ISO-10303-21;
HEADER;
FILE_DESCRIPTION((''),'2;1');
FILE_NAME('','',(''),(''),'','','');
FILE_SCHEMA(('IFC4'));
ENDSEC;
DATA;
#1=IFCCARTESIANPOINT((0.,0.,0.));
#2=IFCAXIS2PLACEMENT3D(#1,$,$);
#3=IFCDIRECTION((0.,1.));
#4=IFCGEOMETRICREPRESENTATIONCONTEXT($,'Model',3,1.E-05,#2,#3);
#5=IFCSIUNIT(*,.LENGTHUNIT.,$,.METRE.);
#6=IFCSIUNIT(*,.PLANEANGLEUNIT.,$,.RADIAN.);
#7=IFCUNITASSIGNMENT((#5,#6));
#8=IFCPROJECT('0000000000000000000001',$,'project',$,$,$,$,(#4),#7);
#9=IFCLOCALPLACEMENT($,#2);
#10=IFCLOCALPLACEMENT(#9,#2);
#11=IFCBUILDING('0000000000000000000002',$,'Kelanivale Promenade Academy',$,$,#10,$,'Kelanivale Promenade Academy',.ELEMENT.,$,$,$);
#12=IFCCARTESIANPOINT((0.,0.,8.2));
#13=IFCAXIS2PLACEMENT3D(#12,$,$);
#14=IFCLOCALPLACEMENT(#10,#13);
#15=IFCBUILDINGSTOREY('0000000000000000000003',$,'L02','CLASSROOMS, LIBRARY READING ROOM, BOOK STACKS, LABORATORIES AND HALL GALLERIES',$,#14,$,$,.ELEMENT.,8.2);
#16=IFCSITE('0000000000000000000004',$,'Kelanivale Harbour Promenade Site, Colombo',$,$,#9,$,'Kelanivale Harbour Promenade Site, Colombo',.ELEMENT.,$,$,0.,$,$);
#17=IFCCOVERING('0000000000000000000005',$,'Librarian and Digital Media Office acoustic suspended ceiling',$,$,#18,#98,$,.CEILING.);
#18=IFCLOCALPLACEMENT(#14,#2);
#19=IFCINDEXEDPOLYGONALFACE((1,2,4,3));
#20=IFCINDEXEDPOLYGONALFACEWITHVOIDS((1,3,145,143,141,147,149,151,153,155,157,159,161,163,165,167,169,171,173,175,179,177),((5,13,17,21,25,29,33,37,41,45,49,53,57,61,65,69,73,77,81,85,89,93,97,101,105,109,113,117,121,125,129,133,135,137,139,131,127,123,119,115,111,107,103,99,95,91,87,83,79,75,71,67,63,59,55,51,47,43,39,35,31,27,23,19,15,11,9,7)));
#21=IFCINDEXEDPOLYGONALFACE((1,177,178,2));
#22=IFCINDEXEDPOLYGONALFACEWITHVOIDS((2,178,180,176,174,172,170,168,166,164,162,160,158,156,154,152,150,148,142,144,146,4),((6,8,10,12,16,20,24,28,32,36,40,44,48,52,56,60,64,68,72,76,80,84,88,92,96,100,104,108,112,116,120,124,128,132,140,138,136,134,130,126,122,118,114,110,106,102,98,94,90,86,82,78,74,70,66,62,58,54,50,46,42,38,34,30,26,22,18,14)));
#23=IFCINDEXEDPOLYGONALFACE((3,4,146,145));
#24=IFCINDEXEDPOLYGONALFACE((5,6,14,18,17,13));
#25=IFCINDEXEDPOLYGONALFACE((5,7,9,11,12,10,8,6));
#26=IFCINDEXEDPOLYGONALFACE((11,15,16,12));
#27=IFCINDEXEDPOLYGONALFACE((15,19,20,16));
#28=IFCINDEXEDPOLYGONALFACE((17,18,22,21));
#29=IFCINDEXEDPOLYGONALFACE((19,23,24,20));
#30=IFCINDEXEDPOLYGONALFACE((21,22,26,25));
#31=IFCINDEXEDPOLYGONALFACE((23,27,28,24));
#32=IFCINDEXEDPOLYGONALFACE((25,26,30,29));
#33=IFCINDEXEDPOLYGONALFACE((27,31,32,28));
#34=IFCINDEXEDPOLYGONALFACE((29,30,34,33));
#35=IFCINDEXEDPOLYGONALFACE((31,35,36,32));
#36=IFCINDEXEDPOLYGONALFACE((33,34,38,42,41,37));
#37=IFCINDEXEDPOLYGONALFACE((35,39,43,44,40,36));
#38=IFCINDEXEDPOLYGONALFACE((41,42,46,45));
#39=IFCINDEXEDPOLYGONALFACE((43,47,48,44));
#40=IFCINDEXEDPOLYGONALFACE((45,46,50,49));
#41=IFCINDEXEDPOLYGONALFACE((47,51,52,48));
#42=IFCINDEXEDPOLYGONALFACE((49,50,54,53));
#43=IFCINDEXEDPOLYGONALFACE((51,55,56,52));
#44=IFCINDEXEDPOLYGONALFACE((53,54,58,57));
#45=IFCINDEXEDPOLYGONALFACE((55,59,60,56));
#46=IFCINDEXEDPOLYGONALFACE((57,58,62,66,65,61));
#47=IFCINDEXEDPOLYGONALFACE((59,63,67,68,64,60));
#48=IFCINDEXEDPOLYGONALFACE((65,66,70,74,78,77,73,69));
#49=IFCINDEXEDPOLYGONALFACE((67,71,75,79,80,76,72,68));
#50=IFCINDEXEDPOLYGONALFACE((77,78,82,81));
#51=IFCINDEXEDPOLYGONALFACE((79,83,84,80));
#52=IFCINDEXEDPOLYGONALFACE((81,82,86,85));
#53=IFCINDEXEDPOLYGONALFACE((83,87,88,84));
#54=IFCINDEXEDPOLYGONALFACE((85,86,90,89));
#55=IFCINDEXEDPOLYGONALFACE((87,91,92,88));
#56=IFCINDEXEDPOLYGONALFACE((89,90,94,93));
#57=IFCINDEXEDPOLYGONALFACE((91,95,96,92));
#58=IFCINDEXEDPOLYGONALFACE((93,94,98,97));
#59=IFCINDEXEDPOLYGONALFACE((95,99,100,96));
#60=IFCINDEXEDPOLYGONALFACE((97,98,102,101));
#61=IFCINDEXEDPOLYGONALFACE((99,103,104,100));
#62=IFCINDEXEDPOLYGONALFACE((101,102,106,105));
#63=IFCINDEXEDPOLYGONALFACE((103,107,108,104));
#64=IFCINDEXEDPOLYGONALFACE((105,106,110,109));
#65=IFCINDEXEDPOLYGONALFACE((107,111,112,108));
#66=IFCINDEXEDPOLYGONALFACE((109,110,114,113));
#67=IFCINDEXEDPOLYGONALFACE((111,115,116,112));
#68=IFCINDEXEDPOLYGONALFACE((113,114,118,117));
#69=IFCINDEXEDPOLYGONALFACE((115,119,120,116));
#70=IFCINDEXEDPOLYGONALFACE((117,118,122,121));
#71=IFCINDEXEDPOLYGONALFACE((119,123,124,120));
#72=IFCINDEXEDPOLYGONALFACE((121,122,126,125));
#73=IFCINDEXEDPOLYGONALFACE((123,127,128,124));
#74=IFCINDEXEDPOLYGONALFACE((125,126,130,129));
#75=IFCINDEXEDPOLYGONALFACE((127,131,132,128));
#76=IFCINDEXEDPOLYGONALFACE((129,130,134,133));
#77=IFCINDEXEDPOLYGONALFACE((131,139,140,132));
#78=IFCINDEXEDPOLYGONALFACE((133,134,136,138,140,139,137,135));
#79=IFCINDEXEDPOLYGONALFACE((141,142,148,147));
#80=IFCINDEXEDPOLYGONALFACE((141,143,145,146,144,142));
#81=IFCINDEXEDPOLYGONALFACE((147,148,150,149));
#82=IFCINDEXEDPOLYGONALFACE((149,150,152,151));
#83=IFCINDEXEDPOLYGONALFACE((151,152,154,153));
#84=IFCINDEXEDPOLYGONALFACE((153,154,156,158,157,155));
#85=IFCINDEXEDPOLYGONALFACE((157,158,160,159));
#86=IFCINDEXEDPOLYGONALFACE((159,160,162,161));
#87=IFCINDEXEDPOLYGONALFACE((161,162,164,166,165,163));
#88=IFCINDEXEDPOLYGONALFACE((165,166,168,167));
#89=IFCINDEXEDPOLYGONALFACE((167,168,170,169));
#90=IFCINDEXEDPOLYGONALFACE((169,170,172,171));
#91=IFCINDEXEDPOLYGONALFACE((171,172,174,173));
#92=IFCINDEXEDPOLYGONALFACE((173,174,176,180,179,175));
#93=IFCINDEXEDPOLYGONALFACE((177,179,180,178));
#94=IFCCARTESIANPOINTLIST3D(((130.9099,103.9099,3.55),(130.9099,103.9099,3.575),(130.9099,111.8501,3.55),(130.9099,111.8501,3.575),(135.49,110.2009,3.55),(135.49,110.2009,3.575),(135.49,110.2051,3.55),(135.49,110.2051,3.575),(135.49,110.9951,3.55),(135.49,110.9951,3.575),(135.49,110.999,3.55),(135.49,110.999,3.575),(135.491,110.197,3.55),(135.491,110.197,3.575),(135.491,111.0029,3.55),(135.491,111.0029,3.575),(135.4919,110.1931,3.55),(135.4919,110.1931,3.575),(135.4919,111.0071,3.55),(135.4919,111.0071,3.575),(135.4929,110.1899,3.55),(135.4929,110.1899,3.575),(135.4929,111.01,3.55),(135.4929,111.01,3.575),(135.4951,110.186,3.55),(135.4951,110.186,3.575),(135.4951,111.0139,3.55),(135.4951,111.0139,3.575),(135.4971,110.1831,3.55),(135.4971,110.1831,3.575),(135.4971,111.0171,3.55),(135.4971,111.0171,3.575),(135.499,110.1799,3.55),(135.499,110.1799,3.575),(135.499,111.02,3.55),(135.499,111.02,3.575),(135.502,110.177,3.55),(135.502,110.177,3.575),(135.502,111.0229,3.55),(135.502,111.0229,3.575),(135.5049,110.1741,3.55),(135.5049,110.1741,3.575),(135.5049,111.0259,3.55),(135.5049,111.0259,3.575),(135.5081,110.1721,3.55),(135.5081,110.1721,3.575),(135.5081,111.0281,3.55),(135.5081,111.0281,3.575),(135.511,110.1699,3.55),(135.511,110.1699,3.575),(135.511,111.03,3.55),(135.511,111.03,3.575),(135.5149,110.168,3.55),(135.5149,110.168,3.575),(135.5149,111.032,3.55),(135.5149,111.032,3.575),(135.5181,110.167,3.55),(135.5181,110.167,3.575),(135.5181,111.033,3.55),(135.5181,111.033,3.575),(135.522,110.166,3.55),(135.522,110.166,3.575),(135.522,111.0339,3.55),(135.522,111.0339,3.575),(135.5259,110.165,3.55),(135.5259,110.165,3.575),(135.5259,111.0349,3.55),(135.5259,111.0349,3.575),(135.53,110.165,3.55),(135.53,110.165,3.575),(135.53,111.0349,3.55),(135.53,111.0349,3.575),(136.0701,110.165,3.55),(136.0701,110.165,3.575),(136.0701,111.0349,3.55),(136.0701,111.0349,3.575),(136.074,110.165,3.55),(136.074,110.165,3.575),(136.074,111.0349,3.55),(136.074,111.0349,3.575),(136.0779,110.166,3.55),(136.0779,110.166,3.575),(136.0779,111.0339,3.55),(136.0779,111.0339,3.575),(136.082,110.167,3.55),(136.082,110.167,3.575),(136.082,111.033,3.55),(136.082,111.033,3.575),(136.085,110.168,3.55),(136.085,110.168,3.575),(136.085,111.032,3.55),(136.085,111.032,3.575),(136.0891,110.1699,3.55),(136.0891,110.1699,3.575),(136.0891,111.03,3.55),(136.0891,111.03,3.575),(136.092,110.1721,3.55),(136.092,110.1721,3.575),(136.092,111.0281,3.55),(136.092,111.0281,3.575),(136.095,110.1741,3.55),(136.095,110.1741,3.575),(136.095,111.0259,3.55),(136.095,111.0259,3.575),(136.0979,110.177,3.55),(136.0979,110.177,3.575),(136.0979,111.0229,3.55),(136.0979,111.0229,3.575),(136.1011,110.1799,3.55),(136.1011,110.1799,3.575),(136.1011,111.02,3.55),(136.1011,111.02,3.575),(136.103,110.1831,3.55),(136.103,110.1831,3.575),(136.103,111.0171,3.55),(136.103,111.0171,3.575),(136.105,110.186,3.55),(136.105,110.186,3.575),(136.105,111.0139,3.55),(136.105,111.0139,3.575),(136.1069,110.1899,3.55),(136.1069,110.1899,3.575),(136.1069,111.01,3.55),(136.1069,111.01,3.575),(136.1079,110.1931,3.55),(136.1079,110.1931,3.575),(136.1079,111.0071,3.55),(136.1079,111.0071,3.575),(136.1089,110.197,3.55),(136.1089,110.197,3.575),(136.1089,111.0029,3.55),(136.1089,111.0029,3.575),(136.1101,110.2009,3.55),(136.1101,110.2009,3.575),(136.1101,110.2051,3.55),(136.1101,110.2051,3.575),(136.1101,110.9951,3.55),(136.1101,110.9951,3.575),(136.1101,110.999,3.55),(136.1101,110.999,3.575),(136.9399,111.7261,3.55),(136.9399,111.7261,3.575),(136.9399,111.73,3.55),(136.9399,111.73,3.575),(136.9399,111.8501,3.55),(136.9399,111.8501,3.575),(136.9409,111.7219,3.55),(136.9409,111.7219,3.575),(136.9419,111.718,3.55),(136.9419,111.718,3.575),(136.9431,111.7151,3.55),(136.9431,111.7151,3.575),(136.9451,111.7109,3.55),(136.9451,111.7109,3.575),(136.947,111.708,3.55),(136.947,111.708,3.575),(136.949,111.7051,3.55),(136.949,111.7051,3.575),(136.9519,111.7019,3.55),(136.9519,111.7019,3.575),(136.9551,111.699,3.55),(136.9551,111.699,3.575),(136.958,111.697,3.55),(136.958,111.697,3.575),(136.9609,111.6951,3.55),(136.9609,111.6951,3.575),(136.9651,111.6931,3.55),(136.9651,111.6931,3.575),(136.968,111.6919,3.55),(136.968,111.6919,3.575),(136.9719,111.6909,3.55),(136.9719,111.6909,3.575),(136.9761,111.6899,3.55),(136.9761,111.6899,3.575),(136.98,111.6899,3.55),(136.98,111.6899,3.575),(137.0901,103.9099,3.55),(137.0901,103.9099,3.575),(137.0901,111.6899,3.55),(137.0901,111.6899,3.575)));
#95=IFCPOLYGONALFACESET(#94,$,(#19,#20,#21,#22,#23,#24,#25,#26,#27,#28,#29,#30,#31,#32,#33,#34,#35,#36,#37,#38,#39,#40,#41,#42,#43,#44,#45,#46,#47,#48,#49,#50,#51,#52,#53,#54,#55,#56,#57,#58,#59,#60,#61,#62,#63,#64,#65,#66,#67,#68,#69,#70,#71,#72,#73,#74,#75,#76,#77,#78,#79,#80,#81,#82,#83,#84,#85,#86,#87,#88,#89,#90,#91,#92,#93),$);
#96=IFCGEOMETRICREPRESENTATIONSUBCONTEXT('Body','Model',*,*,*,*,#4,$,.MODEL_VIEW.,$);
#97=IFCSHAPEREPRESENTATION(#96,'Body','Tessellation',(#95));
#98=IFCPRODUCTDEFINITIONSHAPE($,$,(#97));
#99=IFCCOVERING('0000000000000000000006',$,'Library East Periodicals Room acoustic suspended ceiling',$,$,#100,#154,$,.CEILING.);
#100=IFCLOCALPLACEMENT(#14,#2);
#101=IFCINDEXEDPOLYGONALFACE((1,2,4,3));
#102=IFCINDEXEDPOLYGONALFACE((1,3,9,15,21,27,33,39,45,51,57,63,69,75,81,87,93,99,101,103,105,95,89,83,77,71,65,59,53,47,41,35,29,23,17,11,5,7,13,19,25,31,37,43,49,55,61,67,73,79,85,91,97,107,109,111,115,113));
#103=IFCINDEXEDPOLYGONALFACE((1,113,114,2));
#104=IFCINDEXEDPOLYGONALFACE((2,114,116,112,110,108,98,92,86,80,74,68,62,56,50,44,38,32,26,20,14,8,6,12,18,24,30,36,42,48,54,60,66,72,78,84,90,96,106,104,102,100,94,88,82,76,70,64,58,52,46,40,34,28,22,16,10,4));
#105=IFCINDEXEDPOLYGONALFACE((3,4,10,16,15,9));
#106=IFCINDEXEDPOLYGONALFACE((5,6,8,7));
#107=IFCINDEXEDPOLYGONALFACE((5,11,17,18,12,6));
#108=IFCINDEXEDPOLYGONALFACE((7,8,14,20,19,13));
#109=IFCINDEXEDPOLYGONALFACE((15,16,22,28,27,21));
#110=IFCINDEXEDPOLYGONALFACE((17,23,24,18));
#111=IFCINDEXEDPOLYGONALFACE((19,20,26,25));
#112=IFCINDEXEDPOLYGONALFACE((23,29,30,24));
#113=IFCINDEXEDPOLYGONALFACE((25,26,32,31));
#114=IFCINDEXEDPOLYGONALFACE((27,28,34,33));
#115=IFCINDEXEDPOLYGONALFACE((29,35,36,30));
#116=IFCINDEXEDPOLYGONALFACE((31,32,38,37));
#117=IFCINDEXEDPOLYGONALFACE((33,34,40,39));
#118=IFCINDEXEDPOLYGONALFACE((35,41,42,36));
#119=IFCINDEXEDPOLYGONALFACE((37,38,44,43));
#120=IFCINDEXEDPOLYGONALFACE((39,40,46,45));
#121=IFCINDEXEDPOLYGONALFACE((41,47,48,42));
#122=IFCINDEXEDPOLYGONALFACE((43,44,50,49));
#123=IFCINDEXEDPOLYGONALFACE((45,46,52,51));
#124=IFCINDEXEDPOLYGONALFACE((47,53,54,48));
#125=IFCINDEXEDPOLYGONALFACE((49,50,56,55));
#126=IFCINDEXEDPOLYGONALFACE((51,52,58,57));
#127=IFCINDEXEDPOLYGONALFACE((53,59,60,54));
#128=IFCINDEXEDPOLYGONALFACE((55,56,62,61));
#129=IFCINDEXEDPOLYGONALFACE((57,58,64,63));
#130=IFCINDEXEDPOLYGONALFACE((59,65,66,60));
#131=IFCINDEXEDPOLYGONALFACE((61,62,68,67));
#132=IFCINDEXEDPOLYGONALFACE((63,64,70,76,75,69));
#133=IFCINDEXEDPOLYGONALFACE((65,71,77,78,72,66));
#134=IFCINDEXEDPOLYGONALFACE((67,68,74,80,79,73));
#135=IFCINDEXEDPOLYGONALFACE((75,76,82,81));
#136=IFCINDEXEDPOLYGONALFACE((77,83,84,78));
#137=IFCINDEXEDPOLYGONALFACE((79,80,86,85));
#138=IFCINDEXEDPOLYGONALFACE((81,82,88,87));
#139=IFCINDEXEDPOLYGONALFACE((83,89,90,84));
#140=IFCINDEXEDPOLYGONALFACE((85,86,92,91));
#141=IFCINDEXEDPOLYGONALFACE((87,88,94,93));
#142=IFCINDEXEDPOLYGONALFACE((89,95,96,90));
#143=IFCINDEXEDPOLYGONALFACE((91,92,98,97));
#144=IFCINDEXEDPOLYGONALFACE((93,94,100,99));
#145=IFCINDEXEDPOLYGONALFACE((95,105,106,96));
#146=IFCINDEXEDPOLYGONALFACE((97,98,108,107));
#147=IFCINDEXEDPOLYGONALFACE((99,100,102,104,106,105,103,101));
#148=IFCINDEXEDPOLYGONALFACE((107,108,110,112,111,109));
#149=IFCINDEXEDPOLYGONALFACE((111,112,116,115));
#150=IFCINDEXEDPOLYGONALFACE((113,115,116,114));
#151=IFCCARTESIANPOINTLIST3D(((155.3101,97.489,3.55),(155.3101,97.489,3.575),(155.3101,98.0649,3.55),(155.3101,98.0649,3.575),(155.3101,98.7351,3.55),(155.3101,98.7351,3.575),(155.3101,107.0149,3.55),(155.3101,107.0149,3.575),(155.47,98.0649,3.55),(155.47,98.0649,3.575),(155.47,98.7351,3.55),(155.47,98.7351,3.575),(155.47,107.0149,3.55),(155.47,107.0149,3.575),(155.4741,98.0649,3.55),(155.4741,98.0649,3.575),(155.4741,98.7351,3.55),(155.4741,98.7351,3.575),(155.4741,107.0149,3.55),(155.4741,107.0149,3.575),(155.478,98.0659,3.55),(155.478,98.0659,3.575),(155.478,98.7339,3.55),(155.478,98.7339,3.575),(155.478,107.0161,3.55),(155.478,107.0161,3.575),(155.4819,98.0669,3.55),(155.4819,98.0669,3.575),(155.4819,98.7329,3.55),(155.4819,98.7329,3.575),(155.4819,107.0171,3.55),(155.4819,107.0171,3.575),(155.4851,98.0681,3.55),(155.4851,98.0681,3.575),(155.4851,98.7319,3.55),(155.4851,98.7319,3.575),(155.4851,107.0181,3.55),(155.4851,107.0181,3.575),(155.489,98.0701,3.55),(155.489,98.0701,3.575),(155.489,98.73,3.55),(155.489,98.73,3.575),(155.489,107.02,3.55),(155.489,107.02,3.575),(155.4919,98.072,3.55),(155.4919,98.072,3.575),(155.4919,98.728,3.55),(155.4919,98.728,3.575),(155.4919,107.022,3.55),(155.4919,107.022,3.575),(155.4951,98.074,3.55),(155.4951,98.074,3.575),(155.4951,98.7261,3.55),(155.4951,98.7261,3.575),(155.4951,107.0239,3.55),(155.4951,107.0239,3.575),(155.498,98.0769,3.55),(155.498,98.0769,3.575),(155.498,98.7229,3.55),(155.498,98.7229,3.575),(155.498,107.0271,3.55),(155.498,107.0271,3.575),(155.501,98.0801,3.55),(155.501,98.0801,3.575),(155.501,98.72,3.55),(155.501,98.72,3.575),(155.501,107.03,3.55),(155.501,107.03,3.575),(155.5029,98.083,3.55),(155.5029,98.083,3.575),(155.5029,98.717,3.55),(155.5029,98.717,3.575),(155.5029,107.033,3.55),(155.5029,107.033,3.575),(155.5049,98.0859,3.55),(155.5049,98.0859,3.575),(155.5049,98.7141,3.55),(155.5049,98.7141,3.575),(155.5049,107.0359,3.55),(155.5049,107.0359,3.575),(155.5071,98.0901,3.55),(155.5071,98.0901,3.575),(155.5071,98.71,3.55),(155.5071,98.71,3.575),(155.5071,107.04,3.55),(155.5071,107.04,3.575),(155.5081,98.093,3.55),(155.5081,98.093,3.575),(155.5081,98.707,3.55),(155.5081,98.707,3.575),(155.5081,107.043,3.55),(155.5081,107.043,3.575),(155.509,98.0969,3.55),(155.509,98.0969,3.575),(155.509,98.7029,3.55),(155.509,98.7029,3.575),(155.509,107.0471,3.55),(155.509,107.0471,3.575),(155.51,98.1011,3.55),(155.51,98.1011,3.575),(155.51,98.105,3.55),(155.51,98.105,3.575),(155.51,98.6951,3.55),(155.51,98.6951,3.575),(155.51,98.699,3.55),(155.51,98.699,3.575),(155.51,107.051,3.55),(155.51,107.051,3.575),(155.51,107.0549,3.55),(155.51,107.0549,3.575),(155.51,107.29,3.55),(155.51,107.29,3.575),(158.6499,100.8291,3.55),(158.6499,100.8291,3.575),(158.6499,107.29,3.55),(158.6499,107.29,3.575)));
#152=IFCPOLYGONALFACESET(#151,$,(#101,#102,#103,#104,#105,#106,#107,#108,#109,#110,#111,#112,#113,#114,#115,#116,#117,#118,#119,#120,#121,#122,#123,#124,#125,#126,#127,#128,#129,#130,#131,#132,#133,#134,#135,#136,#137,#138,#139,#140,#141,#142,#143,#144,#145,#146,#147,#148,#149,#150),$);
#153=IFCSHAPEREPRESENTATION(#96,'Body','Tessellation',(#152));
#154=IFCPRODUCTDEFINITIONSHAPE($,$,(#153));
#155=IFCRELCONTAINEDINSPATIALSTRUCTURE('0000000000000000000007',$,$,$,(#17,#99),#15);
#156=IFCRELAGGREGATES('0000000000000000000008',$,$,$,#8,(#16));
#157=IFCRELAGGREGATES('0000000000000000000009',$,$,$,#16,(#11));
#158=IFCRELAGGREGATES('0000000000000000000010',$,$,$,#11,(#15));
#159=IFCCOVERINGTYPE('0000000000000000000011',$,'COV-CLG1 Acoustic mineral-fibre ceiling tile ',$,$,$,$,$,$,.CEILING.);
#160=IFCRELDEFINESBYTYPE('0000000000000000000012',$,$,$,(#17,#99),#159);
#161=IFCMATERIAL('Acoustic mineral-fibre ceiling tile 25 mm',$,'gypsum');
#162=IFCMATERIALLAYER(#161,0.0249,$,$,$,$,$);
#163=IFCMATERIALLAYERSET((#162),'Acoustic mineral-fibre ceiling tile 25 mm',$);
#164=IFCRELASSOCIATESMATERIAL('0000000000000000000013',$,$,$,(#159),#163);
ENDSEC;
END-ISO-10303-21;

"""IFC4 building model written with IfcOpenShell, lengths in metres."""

from ifc_helpers import new_model, si_unit, direction, frame, origin, place, context, subcontext, project, spatial, polyline, outline, extrude, material, layer, layer_set, type_object, element, save


model = new_model("IFC4")

# Units and contexts
model_context = context("Model", 3, precision=1e-05, world=origin(), true_north=direction((0.0, 1.0)))
body_context = subcontext(model_context, "Body", "Model", "MODEL_VIEW")
ifc_project = project(units=[si_unit("LENGTHUNIT", "METRE"), si_unit("PLANEANGLEUNIT", "RADIAN")], contexts=[model_context])

# Site, building, storey
site_placement = place(None, origin())
site = spatial("IfcSite", under=ifc_project, at=site_placement, Name="Kelanivale Harbour Promenade Site, Colombo", LongName="Kelanivale Harbour Promenade Site, Colombo", CompositionType="ELEMENT", RefElevation=0.0)
building_placement = place(site_placement, origin())
building = spatial("IfcBuilding", under=site, at=building_placement, Name="Kelanivale Promenade Academy", LongName="Kelanivale Promenade Academy", CompositionType="ELEMENT")
storey_placement = place(building_placement, frame((0.0, 0.0, 8.2)))
storey = spatial("IfcBuildingStorey", under=building, at=storey_placement, Name="L02", Description="CLASSROOMS, LIBRARY READING ROOM, BOOK STACKS, LABORATORIES AND HALL GALLERIES", CompositionType="ELEMENT", Elevation=8.2)

# Coverings
ifc_material_1 = material(Name="Acoustic mineral-fibre ceiling tile 25 mm", Category="gypsum")
ifc_layer_1 = layer(ifc_material_1, 0.0249)
ifc_layer_set_1 = layer_set([ifc_layer_1], Name="Acoustic mineral-fibre ceiling tile 25 mm")
covering_type_1 = type_object("IfcCoveringType", Name="COV-CLG1 Acoustic mineral-fibre ceiling tile ", PredefinedType="CEILING", material=ifc_layer_set_1)
covering_1_placement = place(storey_placement, frame((0.0, 0.0, 3.55)))
element("IfcCovering", 1, at=covering_1_placement, inside=storey, type_object=covering_type_1, Name="Librarian and Digital Media Office acoustic suspended ceiling", PredefinedType="CEILING", context=body_context, shape_type="SweptSolid", body=[
    extrude(outline(polyline([(137.0901, 111.6899), (136.98, 111.6899), (136.9761, 111.6899), (136.9719, 111.6909), (136.968, 111.6919), (136.9651, 111.6931), (136.9609, 111.6951), (136.958, 111.697), (136.9551, 111.699), (136.9519, 111.7019), (136.949, 111.7051), (136.947, 111.708), (136.9451, 111.7109), (136.9431, 111.7151), (136.9419, 111.718), (136.9409, 111.7219), (136.9399, 111.7261), (136.9399, 111.73), (136.9399, 111.8501), (130.9099, 111.8501), (130.9099, 103.9099), (137.0901, 103.9099), (137.0901, 111.6899)]), holes=[polyline([(136.1101, 110.2051), (136.1101, 110.2009), (136.1089, 110.197), (136.1079, 110.1931), (136.1069, 110.1899), (136.105, 110.186), (136.103, 110.1831), (136.1011, 110.1799), (136.0979, 110.177), (136.095, 110.1741), (136.092, 110.1721), (136.0891, 110.1699), (136.085, 110.168), (136.082, 110.167), (136.0779, 110.166), (136.074, 110.165), (136.0701, 110.165), (135.53, 110.165), (135.5259, 110.165), (135.522, 110.166), (135.5181, 110.167), (135.5149, 110.168), (135.511, 110.1699), (135.5081, 110.1721), (135.5049, 110.1741), (135.502, 110.177), (135.499, 110.1799), (135.4971, 110.1831), (135.4951, 110.186), (135.4929, 110.1899), (135.4919, 110.1931), (135.491, 110.197), (135.49, 110.2009), (135.49, 110.2051), (135.49, 110.9951), (135.49, 110.999), (135.491, 111.0029), (135.4919, 111.0071), (135.4929, 111.01), (135.4951, 111.0139), (135.4971, 111.0171), (135.499, 111.02), (135.502, 111.0229), (135.5049, 111.0259), (135.5081, 111.0281), (135.511, 111.03), (135.5149, 111.032), (135.5181, 111.033), (135.522, 111.0339), (135.5259, 111.0349), (135.53, 111.0349), (136.0701, 111.0349), (136.074, 111.0349), (136.0779, 111.0339), (136.082, 111.033), (136.085, 111.032), (136.0891, 111.03), (136.092, 111.0281), (136.095, 111.0259), (136.0979, 111.0229), (136.1011, 111.02), (136.103, 111.0171), (136.105, 111.0139), (136.1069, 111.01), (136.1079, 111.0071), (136.1089, 111.0029), (136.1101, 110.999), (136.1101, 110.9951), (136.1101, 110.2051)])]), origin(), (0.0, 0.0, 1.0), 0.0249),
])
covering_2_placement = place(storey_placement, frame((0.0, 0.0, 3.55)))
element("IfcCovering", 2, at=covering_2_placement, inside=storey, type_object=covering_type_1, Name="Library East Periodicals Room acoustic suspended ceiling", PredefinedType="CEILING", context=body_context, shape_type="SweptSolid", body=[
    extrude(outline(polyline([(158.6499, 100.8291), (158.6499, 107.29), (155.51, 107.29), (155.51, 107.0549), (155.51, 107.051), (155.509, 107.0471), (155.5081, 107.043), (155.5071, 107.04), (155.5049, 107.0359), (155.5029, 107.033), (155.501, 107.03), (155.498, 107.0271), (155.4951, 107.0239), (155.4919, 107.022), (155.489, 107.02), (155.4851, 107.0181), (155.4819, 107.0171), (155.478, 107.0161), (155.4741, 107.0149), (155.47, 107.0149), (155.3101, 107.0149), (155.3101, 98.7351), (155.47, 98.7351), (155.4741, 98.7351), (155.478, 98.7339), (155.4819, 98.7329), (155.4851, 98.7319), (155.489, 98.73), (155.4919, 98.728), (155.4951, 98.7261), (155.498, 98.7229), (155.501, 98.72), (155.5029, 98.717), (155.5049, 98.7141), (155.5071, 98.71), (155.5081, 98.707), (155.509, 98.7029), (155.51, 98.699), (155.51, 98.6951), (155.51, 98.105), (155.51, 98.1011), (155.509, 98.0969), (155.5081, 98.093), (155.5071, 98.0901), (155.5049, 98.0859), (155.5029, 98.083), (155.501, 98.0801), (155.498, 98.0769), (155.4951, 98.074), (155.4919, 98.072), (155.489, 98.0701), (155.4851, 98.0681), (155.4819, 98.0669), (155.478, 98.0659), (155.4741, 98.0649), (155.47, 98.0649), (155.3101, 98.0649), (155.3101, 97.489), (158.6499, 100.8291)])), origin(), (0.0, 0.0, 1.0), 0.0249),
])

save(model, "model.ifc")
